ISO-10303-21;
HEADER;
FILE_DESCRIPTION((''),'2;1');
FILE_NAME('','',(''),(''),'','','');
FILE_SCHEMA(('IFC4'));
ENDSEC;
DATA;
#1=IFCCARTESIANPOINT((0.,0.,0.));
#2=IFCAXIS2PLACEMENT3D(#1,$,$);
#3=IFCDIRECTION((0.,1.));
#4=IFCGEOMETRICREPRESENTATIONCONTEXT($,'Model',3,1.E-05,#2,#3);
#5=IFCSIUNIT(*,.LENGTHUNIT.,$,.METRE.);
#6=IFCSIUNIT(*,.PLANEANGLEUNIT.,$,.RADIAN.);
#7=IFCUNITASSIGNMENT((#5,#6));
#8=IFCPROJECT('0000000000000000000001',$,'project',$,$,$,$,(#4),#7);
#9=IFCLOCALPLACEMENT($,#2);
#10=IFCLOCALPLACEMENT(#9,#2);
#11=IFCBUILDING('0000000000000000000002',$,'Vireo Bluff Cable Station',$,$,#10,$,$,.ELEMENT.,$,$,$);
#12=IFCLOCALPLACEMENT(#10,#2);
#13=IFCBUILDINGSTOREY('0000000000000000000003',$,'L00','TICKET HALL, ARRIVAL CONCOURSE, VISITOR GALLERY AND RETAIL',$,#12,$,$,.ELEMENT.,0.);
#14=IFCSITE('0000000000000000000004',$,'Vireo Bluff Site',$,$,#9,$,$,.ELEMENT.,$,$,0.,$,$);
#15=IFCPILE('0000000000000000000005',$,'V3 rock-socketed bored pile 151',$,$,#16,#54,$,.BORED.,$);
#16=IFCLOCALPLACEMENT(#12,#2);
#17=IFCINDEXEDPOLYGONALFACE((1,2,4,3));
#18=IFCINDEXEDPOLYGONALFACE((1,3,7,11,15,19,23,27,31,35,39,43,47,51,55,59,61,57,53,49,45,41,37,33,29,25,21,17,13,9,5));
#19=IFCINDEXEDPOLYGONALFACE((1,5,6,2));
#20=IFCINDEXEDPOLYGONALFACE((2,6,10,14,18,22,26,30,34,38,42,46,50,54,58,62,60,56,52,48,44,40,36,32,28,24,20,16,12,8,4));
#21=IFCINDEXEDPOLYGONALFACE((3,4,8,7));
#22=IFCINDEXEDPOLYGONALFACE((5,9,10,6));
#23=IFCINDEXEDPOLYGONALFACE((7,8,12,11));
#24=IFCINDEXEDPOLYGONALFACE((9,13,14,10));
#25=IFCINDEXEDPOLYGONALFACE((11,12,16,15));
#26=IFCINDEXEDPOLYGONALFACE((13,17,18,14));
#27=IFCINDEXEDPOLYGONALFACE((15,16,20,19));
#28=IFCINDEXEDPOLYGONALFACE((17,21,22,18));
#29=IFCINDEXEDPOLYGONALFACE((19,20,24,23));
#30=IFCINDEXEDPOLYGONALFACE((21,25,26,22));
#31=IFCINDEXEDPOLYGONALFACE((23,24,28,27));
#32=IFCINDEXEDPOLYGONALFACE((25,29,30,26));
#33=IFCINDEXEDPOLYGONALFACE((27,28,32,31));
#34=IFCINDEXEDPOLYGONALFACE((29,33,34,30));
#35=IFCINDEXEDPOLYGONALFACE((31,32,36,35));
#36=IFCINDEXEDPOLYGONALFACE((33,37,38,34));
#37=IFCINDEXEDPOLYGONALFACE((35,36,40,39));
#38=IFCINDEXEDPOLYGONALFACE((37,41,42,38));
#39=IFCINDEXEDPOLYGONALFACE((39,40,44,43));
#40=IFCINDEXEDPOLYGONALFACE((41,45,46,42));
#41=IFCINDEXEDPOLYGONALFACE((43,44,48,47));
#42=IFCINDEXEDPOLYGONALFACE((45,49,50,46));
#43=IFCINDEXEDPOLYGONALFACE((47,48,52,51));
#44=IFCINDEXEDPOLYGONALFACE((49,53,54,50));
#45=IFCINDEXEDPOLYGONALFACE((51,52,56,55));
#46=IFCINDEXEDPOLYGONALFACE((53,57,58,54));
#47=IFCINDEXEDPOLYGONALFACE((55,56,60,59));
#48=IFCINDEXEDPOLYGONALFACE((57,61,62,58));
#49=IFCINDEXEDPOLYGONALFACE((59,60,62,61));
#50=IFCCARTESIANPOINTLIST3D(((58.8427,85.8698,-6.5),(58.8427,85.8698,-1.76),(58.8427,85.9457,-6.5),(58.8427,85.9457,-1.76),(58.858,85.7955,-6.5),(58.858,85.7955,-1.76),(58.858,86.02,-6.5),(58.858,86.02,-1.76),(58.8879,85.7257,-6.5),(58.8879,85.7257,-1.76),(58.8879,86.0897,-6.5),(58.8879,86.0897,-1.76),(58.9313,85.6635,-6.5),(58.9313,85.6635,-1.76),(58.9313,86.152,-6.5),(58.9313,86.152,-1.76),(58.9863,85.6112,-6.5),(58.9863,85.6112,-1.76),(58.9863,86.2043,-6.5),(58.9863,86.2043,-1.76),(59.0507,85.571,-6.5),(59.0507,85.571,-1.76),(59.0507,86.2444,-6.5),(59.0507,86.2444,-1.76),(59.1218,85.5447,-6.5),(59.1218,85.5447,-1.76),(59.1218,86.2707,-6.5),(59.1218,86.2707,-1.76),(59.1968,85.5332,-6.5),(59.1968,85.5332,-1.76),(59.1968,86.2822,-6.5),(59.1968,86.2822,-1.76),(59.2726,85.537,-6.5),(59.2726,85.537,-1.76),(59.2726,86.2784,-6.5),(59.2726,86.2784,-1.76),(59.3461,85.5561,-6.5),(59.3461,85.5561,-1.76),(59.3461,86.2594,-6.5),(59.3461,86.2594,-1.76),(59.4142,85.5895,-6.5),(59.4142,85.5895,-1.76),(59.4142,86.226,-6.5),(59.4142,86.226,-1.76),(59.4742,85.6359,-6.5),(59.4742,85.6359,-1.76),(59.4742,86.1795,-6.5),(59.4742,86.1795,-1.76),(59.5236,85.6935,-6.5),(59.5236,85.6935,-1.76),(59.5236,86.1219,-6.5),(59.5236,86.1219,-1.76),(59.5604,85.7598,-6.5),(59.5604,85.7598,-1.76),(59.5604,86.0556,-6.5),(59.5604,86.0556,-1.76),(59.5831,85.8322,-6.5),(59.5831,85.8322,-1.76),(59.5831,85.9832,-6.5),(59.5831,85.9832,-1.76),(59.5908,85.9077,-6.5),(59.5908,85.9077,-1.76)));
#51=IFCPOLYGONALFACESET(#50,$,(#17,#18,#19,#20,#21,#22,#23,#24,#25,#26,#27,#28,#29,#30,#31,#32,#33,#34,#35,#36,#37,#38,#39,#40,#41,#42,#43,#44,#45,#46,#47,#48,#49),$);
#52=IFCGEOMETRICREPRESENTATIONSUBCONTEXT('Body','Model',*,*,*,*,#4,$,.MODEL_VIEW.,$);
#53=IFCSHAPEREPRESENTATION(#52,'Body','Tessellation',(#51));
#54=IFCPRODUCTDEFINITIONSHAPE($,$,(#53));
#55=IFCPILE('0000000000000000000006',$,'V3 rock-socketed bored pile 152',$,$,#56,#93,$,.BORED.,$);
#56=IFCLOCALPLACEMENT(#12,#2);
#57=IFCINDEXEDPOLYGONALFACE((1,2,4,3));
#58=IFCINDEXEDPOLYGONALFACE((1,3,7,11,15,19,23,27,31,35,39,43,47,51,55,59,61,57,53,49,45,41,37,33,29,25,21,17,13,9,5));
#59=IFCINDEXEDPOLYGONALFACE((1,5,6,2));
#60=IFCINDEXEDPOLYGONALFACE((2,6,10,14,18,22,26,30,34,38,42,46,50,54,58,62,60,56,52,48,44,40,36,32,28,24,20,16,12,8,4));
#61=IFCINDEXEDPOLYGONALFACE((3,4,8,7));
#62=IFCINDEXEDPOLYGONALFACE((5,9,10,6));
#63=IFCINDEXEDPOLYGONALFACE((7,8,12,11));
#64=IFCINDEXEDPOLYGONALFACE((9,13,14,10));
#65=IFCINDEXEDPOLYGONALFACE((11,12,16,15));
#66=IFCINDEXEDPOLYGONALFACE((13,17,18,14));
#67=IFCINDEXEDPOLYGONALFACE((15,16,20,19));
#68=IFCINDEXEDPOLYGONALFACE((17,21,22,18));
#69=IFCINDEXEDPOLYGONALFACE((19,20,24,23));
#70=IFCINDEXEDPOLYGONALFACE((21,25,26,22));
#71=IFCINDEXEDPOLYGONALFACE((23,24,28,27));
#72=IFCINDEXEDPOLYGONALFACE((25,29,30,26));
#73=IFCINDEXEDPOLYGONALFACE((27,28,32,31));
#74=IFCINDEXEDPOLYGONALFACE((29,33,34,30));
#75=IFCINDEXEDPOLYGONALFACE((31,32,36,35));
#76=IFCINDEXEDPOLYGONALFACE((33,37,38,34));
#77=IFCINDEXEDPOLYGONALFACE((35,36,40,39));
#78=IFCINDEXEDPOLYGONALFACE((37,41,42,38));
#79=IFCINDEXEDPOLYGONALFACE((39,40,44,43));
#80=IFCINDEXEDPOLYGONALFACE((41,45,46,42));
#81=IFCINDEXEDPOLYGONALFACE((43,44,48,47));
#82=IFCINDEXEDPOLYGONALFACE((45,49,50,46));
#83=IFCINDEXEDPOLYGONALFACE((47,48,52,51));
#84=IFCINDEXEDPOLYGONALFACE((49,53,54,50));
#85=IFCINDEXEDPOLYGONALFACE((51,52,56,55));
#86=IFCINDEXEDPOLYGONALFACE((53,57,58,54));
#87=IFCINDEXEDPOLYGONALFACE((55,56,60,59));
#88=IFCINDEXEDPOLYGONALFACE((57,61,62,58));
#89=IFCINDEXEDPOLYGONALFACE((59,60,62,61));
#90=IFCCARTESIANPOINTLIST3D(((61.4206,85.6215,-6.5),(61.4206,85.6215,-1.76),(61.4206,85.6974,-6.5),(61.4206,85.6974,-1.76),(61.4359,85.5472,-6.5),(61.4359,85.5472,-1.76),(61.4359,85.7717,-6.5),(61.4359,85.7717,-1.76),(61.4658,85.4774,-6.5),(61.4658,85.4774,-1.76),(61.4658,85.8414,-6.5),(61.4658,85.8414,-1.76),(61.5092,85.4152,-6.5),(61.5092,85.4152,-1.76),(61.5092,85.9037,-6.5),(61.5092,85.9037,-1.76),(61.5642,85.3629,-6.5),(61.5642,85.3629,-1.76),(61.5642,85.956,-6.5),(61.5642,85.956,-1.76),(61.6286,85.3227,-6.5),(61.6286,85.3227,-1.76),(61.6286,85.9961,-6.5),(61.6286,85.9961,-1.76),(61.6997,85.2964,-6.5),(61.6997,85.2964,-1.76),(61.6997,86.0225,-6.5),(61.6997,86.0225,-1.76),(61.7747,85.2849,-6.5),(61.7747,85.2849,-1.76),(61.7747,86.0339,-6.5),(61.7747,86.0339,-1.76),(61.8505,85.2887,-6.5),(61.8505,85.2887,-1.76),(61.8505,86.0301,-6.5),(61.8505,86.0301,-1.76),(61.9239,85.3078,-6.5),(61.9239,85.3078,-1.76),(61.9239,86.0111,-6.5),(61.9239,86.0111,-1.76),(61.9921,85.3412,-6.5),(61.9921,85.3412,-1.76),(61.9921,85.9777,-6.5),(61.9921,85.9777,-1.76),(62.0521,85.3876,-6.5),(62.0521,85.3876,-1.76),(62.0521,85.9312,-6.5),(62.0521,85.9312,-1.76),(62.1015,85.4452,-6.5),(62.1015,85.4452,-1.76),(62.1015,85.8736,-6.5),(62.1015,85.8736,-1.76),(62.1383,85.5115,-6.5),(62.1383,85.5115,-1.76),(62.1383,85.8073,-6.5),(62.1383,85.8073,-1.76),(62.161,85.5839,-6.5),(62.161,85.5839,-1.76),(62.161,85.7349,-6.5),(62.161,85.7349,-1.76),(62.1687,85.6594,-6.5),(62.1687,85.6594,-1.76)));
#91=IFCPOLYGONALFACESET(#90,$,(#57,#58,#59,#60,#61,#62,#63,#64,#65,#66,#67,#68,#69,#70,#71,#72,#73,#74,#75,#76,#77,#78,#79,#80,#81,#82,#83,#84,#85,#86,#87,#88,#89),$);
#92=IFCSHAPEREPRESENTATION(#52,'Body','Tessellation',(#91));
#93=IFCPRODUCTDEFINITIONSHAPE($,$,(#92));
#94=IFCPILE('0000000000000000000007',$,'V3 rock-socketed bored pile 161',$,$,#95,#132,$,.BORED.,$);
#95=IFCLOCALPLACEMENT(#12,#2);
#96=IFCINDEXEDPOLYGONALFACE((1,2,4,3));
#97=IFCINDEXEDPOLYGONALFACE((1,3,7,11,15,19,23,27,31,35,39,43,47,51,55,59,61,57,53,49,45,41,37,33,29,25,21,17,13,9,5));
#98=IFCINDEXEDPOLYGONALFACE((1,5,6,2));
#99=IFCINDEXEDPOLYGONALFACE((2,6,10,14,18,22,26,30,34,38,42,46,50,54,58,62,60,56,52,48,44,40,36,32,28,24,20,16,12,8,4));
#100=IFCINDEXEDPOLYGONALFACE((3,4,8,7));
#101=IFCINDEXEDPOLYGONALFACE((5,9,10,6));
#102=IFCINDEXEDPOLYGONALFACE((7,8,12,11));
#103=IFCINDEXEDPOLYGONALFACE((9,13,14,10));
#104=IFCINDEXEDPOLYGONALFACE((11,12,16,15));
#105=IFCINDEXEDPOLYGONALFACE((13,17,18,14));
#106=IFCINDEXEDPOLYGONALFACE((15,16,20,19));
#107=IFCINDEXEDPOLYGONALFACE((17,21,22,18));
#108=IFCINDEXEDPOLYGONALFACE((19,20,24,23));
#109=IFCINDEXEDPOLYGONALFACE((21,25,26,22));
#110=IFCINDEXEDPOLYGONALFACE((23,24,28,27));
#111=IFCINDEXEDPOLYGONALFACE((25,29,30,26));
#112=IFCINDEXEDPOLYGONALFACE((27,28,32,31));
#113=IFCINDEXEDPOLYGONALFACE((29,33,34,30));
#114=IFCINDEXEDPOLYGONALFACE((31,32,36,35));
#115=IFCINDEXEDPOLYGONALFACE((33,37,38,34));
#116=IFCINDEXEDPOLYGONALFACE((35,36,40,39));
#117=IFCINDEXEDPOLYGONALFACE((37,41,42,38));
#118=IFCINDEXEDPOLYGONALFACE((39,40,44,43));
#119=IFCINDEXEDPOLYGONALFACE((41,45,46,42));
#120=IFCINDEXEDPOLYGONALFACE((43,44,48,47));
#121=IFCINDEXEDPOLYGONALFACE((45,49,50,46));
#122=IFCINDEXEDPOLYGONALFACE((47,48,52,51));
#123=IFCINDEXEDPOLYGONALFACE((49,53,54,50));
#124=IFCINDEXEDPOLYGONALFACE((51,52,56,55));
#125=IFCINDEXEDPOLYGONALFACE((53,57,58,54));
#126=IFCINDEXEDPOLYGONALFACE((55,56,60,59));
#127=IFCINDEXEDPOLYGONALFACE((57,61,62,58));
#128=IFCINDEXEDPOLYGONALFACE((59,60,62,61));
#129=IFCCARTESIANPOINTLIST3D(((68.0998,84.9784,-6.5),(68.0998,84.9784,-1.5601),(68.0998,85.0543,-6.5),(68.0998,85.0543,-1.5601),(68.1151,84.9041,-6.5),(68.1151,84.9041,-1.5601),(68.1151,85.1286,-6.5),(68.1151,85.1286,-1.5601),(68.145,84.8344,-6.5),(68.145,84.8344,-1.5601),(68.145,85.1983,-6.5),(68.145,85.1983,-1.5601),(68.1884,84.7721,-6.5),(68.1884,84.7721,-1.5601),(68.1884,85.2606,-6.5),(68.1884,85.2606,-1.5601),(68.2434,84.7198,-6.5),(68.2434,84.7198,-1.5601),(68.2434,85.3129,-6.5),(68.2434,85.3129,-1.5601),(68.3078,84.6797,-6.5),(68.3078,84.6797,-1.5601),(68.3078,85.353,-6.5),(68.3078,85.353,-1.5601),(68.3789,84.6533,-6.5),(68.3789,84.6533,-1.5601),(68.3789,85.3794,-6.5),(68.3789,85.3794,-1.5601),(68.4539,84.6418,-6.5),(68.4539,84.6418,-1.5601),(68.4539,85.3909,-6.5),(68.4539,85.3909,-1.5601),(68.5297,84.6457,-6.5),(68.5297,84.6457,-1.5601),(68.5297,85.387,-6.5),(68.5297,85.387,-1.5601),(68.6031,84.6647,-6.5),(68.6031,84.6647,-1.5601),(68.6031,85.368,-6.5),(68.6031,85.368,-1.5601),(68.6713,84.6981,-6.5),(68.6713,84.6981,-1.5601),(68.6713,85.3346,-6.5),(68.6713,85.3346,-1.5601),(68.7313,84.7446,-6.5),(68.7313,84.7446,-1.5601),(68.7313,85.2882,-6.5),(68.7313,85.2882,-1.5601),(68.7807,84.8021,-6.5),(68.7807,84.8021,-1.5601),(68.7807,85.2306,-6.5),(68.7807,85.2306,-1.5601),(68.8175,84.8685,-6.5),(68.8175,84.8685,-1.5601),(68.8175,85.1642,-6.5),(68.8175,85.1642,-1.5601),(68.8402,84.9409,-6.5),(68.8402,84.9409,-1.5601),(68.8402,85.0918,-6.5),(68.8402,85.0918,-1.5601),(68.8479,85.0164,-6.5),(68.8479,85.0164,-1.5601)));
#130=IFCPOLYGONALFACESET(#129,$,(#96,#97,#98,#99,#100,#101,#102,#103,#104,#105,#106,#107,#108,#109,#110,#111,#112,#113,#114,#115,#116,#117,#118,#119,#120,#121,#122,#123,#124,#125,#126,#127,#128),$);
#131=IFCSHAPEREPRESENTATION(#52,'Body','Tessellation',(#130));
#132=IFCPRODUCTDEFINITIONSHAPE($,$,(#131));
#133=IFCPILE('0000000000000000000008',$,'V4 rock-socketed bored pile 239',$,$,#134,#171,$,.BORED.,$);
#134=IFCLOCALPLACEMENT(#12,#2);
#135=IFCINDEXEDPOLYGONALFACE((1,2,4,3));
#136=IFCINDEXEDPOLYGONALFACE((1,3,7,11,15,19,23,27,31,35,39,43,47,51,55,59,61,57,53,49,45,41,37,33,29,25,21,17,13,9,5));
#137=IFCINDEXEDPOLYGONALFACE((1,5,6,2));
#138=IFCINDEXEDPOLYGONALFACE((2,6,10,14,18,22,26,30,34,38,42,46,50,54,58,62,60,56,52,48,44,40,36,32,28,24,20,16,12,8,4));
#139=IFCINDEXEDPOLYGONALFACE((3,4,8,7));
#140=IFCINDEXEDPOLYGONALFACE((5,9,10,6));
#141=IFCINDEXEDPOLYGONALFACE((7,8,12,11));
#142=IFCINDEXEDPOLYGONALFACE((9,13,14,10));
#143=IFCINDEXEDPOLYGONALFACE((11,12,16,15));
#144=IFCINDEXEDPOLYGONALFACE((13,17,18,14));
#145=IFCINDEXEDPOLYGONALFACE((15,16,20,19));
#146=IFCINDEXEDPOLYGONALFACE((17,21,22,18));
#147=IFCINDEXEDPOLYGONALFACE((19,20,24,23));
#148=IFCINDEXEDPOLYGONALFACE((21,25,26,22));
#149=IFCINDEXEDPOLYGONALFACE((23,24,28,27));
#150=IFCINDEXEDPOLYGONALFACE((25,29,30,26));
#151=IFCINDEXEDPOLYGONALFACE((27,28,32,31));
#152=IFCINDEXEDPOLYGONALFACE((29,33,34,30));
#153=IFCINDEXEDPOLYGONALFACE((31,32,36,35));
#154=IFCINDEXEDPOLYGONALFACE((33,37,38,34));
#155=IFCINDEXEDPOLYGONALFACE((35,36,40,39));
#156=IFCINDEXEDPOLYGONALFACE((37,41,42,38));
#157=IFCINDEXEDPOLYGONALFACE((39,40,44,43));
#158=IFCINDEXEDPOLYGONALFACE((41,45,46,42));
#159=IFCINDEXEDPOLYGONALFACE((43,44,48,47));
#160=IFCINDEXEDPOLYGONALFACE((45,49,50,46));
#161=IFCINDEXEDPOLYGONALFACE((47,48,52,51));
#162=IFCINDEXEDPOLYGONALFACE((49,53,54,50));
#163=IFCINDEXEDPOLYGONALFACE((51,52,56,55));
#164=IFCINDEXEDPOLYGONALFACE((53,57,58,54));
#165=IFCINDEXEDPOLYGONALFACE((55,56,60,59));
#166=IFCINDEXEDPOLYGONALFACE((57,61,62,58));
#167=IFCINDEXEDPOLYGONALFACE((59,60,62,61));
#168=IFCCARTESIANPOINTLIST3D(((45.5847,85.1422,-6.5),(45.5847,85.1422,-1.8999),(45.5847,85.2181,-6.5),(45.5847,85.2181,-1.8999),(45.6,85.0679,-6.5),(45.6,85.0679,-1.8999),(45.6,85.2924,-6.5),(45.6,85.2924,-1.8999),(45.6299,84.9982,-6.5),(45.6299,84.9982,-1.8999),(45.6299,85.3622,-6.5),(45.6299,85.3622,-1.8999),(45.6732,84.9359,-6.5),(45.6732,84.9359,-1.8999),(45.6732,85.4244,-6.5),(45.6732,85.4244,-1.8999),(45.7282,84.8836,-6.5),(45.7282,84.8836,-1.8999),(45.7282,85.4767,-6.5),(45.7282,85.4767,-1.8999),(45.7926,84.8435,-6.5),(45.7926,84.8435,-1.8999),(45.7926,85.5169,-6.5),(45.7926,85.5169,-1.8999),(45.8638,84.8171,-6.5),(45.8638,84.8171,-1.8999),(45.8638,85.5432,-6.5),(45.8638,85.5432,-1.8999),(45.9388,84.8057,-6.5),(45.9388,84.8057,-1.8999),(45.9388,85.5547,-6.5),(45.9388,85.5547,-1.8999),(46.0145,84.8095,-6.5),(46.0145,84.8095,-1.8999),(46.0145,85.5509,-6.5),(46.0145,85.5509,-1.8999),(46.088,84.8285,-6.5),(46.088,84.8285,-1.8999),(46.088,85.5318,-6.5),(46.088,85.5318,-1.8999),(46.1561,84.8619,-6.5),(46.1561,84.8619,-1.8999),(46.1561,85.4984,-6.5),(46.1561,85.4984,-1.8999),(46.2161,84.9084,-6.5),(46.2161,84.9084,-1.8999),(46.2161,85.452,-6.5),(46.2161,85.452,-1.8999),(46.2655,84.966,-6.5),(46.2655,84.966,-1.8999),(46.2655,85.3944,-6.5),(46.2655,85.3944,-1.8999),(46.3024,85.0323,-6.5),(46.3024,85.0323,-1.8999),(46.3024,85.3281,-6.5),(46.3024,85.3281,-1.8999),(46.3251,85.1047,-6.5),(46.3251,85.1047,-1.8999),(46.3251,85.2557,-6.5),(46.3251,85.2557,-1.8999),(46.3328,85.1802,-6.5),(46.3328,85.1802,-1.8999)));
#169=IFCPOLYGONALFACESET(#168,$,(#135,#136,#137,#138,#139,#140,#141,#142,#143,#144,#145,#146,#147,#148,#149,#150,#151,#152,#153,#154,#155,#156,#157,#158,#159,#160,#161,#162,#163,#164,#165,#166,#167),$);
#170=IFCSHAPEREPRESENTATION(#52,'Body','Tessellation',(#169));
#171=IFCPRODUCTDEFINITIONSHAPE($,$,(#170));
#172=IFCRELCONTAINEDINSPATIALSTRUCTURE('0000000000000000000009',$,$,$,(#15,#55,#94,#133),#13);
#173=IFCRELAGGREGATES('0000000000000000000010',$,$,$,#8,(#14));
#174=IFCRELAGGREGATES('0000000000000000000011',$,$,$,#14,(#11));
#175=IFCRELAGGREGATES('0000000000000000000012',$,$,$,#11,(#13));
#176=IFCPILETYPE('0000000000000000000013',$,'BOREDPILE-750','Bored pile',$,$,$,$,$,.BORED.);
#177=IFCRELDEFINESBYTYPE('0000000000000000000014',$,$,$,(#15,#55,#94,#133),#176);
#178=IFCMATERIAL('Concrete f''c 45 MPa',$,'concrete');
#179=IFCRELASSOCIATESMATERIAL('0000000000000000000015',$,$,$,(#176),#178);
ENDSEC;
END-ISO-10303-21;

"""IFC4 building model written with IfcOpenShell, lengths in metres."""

from ifc_helpers import new_model, si_unit, direction, frame, origin, origin_2d, place, context, subcontext, project, spatial, circle, extrude, material, material_profile, profile_set, type_object, element, save


model = new_model("IFC4")

# Units and contexts
model_context = context("Model", 3, precision=1e-05, world=origin(), true_north=direction((0.0, 1.0)))
body_context = subcontext(model_context, "Body", "Model", "MODEL_VIEW")
ifc_project = project(units=[si_unit("LENGTHUNIT", "METRE"), si_unit("PLANEANGLEUNIT", "RADIAN")], contexts=[model_context])

# Site, building, storey
site_placement = place(None, origin())
site = spatial("IfcSite", under=ifc_project, at=site_placement, Name="Vireo Bluff Site", CompositionType="ELEMENT", RefElevation=0.0)
building_placement = place(site_placement, origin())
building = spatial("IfcBuilding", under=site, at=building_placement, Name="Vireo Bluff Cable Station", CompositionType="ELEMENT")
storey_placement = place(building_placement, origin())
storey = spatial("IfcBuildingStorey", under=building, at=storey_placement, Name="L00", Description="TICKET HALL, ARRIVAL CONCOURSE, VISITOR GALLERY AND RETAIL", CompositionType="ELEMENT", Elevation=0.0)

# Piles
ifc_material_1 = material(Name="Concrete f'c 45 MPa", Category="concrete")
ifc_material_profile_1 = material_profile(ifc_material_1, circle(Radius=0.375, at=origin_2d()), Name="BOREDPILE-750")
ifc_profile_set_1 = profile_set([ifc_material_profile_1], Name="Concrete f'c 45 MPa")
pile_type_1 = type_object("IfcPileType", Name="BOREDPILE-750", Description="Bored pile", PredefinedType="BORED", material=ifc_profile_set_1)
for number, where, z_axis, x_axis, name in (
    (1, (59.2158, 85.9077, -1.76), (0.0, 0.0, -1.0), (1.0, 0.0, 0.0), "V3 rock-socketed bored pile 151"),
    (2, (61.7937, 85.6594, -1.76), (0.0, 0.0, -1.0), (1.0, 0.0, 0.0), "V3 rock-socketed bored pile 152"),
):
    element("IfcPile", number, at=place(storey_placement, frame(where, z_axis=z_axis, x_axis=x_axis)), inside=storey, type_object=pile_type_1, Name=name, PredefinedType="BORED", context=body_context, shape_type="SweptSolid", body=[
        extrude(circle(Radius=0.375, at=origin_2d()), origin(), (0.0, 0.0, 1.0), 4.74),
    ])
pile_1_placement = place(storey_placement, frame((68.4729, 85.0164, -1.5601), z_axis=(0.0, 0.0, -1.0), x_axis=(1.0, 0.0, 0.0)))
element("IfcPile", 3, at=pile_1_placement, inside=storey, type_object=pile_type_1, Name="V3 rock-socketed bored pile 161", PredefinedType="BORED", context=body_context, shape_type="SweptSolid", body=[
    extrude(circle(Radius=0.375, at=origin_2d()), origin(), (0.0, 0.0, 1.0), 4.9399),
])
pile_2_placement = place(storey_placement, frame((45.9578, 85.1802, -1.8999), z_axis=(0.0, 0.0, -1.0), x_axis=(1.0, 0.0, 0.0)))
element("IfcPile", 4, at=pile_2_placement, inside=storey, type_object=pile_type_1, Name="V4 rock-socketed bored pile 239", PredefinedType="BORED", context=body_context, shape_type="SweptSolid", body=[
    extrude(circle(Radius=0.375, at=origin_2d()), origin(), (0.0, 0.0, 1.0), 4.6001),
])

save(model, "model.ifc")
